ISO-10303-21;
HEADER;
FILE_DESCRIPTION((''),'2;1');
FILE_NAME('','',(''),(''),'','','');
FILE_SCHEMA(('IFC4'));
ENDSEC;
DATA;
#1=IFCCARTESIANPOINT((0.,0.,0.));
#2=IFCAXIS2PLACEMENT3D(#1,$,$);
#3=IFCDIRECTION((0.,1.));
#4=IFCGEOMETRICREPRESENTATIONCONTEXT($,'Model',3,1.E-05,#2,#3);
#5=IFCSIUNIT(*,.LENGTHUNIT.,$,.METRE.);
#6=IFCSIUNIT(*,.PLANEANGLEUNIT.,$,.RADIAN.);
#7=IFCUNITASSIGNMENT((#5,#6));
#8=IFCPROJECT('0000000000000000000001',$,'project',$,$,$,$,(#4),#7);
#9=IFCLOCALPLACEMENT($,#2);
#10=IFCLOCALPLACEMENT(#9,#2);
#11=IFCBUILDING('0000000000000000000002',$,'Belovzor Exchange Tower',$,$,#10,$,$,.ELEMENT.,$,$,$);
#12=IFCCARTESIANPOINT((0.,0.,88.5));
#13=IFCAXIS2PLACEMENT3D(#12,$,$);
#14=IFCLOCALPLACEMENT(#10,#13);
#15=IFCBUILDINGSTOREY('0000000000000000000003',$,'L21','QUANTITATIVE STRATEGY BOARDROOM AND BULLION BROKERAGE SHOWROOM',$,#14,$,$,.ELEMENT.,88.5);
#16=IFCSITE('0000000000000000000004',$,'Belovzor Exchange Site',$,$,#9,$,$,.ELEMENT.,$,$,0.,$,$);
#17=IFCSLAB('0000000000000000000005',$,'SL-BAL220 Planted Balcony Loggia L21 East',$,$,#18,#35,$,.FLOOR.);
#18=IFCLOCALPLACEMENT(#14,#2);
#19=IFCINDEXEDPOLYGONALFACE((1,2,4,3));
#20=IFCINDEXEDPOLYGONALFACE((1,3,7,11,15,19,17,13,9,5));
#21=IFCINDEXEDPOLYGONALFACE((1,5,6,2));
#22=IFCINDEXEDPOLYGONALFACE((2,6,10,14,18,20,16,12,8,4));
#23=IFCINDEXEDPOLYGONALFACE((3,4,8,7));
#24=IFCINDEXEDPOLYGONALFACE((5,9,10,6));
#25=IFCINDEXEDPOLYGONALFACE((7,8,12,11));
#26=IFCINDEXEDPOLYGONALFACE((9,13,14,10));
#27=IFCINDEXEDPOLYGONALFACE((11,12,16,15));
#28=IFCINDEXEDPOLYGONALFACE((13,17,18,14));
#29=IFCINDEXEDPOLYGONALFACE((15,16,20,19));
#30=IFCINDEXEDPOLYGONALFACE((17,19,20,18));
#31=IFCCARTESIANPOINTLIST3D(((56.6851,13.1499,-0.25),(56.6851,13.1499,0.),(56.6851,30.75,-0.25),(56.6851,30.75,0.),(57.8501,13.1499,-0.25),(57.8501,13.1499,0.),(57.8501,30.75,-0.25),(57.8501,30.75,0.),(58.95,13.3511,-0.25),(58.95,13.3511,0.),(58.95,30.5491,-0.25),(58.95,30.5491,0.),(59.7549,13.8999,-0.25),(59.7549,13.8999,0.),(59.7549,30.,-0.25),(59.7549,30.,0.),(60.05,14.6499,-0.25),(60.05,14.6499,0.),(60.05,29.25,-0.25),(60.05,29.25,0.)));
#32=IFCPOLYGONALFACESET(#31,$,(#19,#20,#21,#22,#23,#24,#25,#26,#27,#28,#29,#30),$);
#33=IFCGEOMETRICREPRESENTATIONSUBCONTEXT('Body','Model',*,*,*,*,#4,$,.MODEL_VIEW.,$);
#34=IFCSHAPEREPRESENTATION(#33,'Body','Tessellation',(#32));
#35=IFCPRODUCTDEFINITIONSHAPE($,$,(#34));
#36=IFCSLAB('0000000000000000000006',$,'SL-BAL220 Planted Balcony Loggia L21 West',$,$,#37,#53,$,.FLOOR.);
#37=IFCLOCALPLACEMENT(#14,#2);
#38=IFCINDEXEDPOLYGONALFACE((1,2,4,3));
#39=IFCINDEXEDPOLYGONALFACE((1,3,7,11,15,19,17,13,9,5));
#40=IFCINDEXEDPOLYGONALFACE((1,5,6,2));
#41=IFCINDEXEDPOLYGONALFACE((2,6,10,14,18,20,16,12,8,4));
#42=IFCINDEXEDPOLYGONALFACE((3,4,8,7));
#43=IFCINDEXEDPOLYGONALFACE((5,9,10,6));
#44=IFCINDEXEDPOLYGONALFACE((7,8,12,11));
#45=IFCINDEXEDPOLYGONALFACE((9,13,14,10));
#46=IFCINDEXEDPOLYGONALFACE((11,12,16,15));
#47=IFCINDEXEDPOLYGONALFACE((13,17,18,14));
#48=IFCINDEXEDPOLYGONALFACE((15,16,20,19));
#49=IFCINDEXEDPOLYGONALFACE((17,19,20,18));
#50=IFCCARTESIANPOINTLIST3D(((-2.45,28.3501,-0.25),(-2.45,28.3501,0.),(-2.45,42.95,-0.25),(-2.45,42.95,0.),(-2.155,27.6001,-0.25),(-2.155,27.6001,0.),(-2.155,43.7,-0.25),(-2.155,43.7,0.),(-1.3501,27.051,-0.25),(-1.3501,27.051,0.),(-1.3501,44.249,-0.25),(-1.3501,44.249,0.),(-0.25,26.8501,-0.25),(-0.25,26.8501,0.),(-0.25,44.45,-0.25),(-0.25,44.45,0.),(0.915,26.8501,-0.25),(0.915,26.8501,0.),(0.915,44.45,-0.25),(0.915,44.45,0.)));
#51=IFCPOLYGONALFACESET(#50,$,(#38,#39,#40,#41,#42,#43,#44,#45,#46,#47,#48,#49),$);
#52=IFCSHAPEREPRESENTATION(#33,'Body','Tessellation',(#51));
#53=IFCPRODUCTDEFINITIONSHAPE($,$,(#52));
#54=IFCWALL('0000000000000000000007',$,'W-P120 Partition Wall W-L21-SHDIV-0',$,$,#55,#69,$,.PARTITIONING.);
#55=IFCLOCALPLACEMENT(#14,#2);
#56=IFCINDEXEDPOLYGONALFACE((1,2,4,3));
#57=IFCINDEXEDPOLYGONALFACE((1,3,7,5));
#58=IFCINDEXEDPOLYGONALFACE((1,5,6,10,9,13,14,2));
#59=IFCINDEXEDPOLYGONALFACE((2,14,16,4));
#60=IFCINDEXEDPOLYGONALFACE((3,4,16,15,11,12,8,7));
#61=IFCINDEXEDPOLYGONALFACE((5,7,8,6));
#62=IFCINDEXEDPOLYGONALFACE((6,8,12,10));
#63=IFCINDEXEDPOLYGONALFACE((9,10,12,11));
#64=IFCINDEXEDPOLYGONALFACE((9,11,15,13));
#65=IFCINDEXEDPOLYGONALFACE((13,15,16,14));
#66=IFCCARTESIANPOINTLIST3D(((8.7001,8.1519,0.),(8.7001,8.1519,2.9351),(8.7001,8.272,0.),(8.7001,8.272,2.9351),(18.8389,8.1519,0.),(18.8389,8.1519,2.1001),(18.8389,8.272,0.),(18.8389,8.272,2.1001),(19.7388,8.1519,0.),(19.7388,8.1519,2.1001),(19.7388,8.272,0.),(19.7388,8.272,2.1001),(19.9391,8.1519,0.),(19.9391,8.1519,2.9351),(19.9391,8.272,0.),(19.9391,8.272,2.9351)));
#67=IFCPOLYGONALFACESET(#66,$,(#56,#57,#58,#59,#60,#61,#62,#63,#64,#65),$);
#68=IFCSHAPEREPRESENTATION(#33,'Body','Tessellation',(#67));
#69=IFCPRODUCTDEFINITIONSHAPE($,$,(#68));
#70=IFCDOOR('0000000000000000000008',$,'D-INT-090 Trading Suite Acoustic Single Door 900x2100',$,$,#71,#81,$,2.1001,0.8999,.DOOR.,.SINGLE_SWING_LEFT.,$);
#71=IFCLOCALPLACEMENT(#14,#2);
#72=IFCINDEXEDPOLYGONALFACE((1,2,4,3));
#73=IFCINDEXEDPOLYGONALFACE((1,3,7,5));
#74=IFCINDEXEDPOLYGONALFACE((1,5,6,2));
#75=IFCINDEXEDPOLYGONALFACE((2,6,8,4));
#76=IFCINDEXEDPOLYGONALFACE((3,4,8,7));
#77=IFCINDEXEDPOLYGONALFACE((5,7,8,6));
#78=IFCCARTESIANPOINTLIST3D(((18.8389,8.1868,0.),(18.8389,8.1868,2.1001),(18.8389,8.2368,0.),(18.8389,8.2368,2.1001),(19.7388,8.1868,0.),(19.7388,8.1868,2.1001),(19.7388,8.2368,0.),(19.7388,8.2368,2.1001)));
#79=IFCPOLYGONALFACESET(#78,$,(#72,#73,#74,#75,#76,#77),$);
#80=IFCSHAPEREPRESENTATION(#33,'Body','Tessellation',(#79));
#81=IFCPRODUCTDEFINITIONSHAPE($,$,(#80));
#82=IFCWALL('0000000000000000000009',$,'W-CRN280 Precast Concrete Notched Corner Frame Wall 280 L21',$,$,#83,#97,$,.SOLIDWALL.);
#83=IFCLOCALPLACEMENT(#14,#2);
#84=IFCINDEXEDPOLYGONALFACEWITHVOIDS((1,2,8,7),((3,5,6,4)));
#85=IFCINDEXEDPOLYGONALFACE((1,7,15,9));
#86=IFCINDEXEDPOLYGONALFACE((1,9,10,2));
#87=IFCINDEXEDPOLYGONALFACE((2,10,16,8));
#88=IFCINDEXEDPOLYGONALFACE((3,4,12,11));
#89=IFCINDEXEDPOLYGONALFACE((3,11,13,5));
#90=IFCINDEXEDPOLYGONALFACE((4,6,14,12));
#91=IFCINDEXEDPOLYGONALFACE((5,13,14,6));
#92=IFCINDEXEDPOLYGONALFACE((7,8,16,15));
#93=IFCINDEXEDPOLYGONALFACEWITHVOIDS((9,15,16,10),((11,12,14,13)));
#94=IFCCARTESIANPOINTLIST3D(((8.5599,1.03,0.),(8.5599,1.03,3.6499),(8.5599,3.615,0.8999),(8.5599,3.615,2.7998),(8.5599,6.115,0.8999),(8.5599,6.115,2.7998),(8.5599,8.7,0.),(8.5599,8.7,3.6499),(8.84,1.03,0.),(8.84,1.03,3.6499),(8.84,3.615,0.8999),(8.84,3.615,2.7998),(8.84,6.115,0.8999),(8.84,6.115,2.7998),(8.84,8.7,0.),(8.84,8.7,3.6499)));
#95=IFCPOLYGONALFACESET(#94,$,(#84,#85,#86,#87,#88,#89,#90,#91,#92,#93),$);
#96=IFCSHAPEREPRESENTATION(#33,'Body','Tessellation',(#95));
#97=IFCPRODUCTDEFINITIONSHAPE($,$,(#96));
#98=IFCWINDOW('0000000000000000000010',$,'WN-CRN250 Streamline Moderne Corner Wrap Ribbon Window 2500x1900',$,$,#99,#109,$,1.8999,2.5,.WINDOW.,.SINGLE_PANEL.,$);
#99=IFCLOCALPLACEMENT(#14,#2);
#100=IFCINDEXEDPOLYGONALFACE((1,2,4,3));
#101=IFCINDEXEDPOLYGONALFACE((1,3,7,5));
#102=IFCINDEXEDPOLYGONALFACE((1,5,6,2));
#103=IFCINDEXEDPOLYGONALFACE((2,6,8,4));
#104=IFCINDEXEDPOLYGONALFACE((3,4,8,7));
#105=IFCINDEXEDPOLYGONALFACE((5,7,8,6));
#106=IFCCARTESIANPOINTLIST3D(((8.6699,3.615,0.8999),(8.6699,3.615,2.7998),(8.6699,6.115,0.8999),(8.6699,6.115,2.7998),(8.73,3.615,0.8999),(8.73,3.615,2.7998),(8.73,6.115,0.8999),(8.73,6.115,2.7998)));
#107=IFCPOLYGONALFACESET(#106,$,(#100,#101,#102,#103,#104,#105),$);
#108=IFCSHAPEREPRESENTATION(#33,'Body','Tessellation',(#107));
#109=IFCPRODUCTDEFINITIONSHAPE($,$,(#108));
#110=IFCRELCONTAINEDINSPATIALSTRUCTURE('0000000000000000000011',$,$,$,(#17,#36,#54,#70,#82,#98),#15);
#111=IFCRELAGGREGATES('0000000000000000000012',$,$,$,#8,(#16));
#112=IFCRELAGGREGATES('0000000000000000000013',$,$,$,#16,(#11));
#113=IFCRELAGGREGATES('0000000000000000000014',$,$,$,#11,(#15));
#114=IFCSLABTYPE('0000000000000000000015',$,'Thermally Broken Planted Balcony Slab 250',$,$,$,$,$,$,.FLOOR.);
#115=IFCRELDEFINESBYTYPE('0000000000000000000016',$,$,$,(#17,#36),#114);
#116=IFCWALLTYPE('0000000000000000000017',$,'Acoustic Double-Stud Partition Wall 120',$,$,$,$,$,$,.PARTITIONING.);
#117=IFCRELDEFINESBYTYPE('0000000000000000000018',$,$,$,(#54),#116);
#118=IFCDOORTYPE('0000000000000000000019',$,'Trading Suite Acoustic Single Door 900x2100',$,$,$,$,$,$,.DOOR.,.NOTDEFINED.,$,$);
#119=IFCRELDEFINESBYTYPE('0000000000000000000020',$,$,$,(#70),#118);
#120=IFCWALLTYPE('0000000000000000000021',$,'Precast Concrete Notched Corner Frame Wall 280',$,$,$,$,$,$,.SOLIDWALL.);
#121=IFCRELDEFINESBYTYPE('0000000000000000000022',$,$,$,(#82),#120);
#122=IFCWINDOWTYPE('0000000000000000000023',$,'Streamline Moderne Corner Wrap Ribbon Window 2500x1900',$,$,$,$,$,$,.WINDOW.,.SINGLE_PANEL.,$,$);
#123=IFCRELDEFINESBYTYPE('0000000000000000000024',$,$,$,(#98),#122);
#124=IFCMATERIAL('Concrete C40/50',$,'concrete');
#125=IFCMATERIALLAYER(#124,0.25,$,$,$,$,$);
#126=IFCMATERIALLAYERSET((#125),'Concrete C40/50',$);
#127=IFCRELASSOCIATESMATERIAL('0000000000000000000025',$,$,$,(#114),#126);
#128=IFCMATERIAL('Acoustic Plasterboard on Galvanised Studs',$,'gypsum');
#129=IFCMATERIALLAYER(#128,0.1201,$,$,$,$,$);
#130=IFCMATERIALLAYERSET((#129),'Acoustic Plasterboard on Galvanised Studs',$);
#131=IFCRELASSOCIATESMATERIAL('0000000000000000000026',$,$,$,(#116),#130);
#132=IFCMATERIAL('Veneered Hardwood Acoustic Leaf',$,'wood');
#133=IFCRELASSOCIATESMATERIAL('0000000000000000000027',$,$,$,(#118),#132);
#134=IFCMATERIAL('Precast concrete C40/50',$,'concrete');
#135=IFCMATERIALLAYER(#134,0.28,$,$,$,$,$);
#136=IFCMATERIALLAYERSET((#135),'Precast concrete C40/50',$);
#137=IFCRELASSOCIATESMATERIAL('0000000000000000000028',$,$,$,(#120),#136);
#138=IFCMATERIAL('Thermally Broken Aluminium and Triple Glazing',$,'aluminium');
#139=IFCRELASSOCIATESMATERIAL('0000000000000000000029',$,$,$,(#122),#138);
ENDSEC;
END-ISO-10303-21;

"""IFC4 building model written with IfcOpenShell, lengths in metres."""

from ifc_helpers import new_model, si_unit, direction, frame, frame_2d, origin, place, context, subcontext, project, spatial, polyline, rectangle, outline, extrude, material, layer, layer_set, type_object, element, fill, save


model = new_model("IFC4")

# Units and contexts
model_context = context("Model", 3, precision=1e-05, world=origin(), true_north=direction((0.0, 1.0)))
body_context = subcontext(model_context, "Body", "Model", "MODEL_VIEW")
ifc_project = project(units=[si_unit("LENGTHUNIT", "METRE"), si_unit("PLANEANGLEUNIT", "RADIAN")], contexts=[model_context])

# Site, building, storey
site_placement = place(None, origin())
site = spatial("IfcSite", under=ifc_project, at=site_placement, Name="Belovzor Exchange Site", CompositionType="ELEMENT", RefElevation=0.0)
building_placement = place(site_placement, origin())
building = spatial("IfcBuilding", under=site, at=building_placement, Name="Belovzor Exchange Tower", CompositionType="ELEMENT")
storey_placement = place(building_placement, frame((0.0, 0.0, 88.5)))
storey = spatial("IfcBuildingStorey", under=building, at=storey_placement, Name="L21", Description="QUANTITATIVE STRATEGY BOARDROOM AND BULLION BROKERAGE SHOWROOM", CompositionType="ELEMENT", Elevation=88.5)

# Slabs
ifc_material_1 = material(Name="Concrete C40/50", Category="concrete")
ifc_layer_1 = layer(ifc_material_1, 0.25)
ifc_layer_set_1 = layer_set([ifc_layer_1], Name="Concrete C40/50")
slab_type_1 = type_object("IfcSlabType", Name="Thermally Broken Planted Balcony Slab 250", PredefinedType="FLOOR", material=ifc_layer_set_1)
slab_1_placement = place(storey_placement, frame((0.0, 0.0, -0.25)))
element("IfcSlab", 1, at=slab_1_placement, inside=storey, type_object=slab_type_1, Name="SL-BAL220 Planted Balcony Loggia L21 East", PredefinedType="FLOOR", context=body_context, shape_type="SweptSolid", body=[
    extrude(outline(polyline([(56.6851, 13.1499), (57.8501, 13.1499), (58.95, 13.3511), (59.7549, 13.8999), (60.05, 14.6499), (60.05, 29.25), (59.7549, 30.0), (58.95, 30.5491), (57.8501, 30.75), (56.6851, 30.75), (56.6851, 13.1499)])), origin(), (0.0, 0.0, 1.0), 0.25),
])
slab_2_placement = place(storey_placement, frame((0.0, 0.0, -0.25)))
element("IfcSlab", 2, at=slab_2_placement, inside=storey, type_object=slab_type_1, Name="SL-BAL220 Planted Balcony Loggia L21 West", PredefinedType="FLOOR", context=body_context, shape_type="SweptSolid", body=[
    extrude(outline(polyline([(0.915, 44.45), (-0.25, 44.45), (-1.3501, 44.249), (-2.155, 43.7), (-2.45, 42.95), (-2.45, 28.3501), (-2.155, 27.6001), (-1.3501, 27.051), (-0.25, 26.8501), (0.915, 26.8501), (0.915, 44.45)])), origin(), (0.0, 0.0, 1.0), 0.25),
])

# Wall, opening, door
ifc_material_2 = material(Name="Acoustic Plasterboard on Galvanised Studs", Category="gypsum")
ifc_layer_2 = layer(ifc_material_2, 0.1201)
ifc_layer_set_2 = layer_set([ifc_layer_2], Name="Acoustic Plasterboard on Galvanised Studs")
wall_type_1 = type_object("IfcWallType", Name="Acoustic Double-Stud Partition Wall 120", PredefinedType="PARTITIONING", material=ifc_layer_set_2)
wall_1_placement = place(storey_placement, frame((8.7, 8.2119, 0.0), z_axis=(0.0, 0.0, 1.0), x_axis=(1.0, 0.0, 0.0)))
wall_1 = element("IfcWall", 3, at=wall_1_placement, inside=storey, type_object=wall_type_1, Name="W-P120 Partition Wall W-L21-SHDIV-0", PredefinedType="PARTITIONING", context=body_context, shape_type="SweptSolid", body=[
    extrude(rectangle(XDim=11.239, YDim=0.1201, at=frame_2d((5.6196, 0.0))), origin(), (0.0, 0.0, 1.0), 2.9351),
])
opening_1_placement = place(wall_1_placement, frame((10.1389, 0.0, 0.0)))
opening_1 = element("IfcOpeningElement", 4, at=opening_1_placement, cuts=wall_1, PredefinedType="OPENING", context=body_context, shape_type="SweptSolid", body=[
    extrude(rectangle(XDim=0.8999, YDim=2.1001, at=frame_2d((0.45, 1.05))), frame((0.0, 0.0701, 0.0), z_axis=(0.0, -1.0, 0.0), x_axis=(1.0, 0.0, 0.0)), (0.0, 0.0, 1.0), 0.1401),
])
ifc_material_3 = material(Name="Veneered Hardwood Acoustic Leaf", Category="wood")
door_type = type_object("IfcDoorType", Name="Trading Suite Acoustic Single Door 900x2100", OperationType="NOTDEFINED", PredefinedType="DOOR", material=ifc_material_3)
door_placement = place(opening_1_placement, origin())
door = element("IfcDoor", 5, at=door_placement, inside=storey, type_object=door_type, Name="D-INT-090 Trading Suite Acoustic Single Door 900x2100", OperationType="SINGLE_SWING_LEFT", OverallHeight=2.1001, OverallWidth=0.8999, PredefinedType="DOOR", context=body_context, shape_type="SweptSolid", body=[
    extrude(rectangle(XDim=0.8999, YDim=2.1001, at=frame_2d((0.45, 1.05))), frame((0.0, 0.0249, 0.0), z_axis=(0.0, -1.0, 0.0), x_axis=(1.0, 0.0, 0.0)), (0.0, 0.0, 1.0), 0.05),
])
fill(opening_1, door)

# Wall, opening, window
ifc_material_4 = material(Name="Precast concrete C40/50", Category="concrete")
ifc_layer_3 = layer(ifc_material_4, 0.28)
ifc_layer_set_3 = layer_set([ifc_layer_3], Name="Precast concrete C40/50")
wall_type_2 = type_object("IfcWallType", Name="Precast Concrete Notched Corner Frame Wall 280", PredefinedType="SOLIDWALL", material=ifc_layer_set_3)
wall_2_placement = place(storey_placement, frame((8.7, 1.03, 0.0), z_axis=(0.0, 0.0, 1.0), x_axis=(0.0, 1.0, 0.0)))
wall_2 = element("IfcWall", 6, at=wall_2_placement, inside=storey, type_object=wall_type_2, Name="W-CRN280 Precast Concrete Notched Corner Frame Wall 280 L21", PredefinedType="SOLIDWALL", context=body_context, shape_type="SweptSolid", body=[
    extrude(rectangle(XDim=7.6699, YDim=0.28, at=frame_2d((3.835, 0.0))), origin(), (0.0, 0.0, 1.0), 3.6499),
])
opening_2_placement = place(wall_2_placement, frame((2.585, 0.0, 0.8999)))
opening_2 = element("IfcOpeningElement", 7, at=opening_2_placement, cuts=wall_2, PredefinedType="OPENING", context=body_context, shape_type="SweptSolid", body=[
    extrude(rectangle(XDim=2.5, YDim=1.8999, at=frame_2d((1.25, 0.95))), frame((0.0, 0.1499, 0.0), z_axis=(0.0, -1.0, 0.0), x_axis=(1.0, 0.0, 0.0)), (0.0, 0.0, 1.0), 0.3),
])
ifc_material_5 = material(Name="Thermally Broken Aluminium and Triple Glazing", Category="aluminium")
window_type = type_object("IfcWindowType", Name="Streamline Moderne Corner Wrap Ribbon Window 2500x1900", PartitioningType="SINGLE_PANEL", PredefinedType="WINDOW", material=ifc_material_5)
window_placement = place(opening_2_placement, origin())
window = element("IfcWindow", 8, at=window_placement, inside=storey, type_object=window_type, Name="WN-CRN250 Streamline Moderne Corner Wrap Ribbon Window 2500x1900", OverallHeight=1.8999, OverallWidth=2.5, PartitioningType="SINGLE_PANEL", PredefinedType="WINDOW", context=body_context, shape_type="SweptSolid", body=[
    extrude(rectangle(XDim=2.5, YDim=1.8999, at=frame_2d((1.25, 0.95))), frame((0.0, 0.03, 0.0), z_axis=(0.0, -1.0, 0.0), x_axis=(1.0, 0.0, 0.0)), (0.0, 0.0, 1.0), 0.0601),
])
fill(opening_2, window)

save(model, "model.ifc")
